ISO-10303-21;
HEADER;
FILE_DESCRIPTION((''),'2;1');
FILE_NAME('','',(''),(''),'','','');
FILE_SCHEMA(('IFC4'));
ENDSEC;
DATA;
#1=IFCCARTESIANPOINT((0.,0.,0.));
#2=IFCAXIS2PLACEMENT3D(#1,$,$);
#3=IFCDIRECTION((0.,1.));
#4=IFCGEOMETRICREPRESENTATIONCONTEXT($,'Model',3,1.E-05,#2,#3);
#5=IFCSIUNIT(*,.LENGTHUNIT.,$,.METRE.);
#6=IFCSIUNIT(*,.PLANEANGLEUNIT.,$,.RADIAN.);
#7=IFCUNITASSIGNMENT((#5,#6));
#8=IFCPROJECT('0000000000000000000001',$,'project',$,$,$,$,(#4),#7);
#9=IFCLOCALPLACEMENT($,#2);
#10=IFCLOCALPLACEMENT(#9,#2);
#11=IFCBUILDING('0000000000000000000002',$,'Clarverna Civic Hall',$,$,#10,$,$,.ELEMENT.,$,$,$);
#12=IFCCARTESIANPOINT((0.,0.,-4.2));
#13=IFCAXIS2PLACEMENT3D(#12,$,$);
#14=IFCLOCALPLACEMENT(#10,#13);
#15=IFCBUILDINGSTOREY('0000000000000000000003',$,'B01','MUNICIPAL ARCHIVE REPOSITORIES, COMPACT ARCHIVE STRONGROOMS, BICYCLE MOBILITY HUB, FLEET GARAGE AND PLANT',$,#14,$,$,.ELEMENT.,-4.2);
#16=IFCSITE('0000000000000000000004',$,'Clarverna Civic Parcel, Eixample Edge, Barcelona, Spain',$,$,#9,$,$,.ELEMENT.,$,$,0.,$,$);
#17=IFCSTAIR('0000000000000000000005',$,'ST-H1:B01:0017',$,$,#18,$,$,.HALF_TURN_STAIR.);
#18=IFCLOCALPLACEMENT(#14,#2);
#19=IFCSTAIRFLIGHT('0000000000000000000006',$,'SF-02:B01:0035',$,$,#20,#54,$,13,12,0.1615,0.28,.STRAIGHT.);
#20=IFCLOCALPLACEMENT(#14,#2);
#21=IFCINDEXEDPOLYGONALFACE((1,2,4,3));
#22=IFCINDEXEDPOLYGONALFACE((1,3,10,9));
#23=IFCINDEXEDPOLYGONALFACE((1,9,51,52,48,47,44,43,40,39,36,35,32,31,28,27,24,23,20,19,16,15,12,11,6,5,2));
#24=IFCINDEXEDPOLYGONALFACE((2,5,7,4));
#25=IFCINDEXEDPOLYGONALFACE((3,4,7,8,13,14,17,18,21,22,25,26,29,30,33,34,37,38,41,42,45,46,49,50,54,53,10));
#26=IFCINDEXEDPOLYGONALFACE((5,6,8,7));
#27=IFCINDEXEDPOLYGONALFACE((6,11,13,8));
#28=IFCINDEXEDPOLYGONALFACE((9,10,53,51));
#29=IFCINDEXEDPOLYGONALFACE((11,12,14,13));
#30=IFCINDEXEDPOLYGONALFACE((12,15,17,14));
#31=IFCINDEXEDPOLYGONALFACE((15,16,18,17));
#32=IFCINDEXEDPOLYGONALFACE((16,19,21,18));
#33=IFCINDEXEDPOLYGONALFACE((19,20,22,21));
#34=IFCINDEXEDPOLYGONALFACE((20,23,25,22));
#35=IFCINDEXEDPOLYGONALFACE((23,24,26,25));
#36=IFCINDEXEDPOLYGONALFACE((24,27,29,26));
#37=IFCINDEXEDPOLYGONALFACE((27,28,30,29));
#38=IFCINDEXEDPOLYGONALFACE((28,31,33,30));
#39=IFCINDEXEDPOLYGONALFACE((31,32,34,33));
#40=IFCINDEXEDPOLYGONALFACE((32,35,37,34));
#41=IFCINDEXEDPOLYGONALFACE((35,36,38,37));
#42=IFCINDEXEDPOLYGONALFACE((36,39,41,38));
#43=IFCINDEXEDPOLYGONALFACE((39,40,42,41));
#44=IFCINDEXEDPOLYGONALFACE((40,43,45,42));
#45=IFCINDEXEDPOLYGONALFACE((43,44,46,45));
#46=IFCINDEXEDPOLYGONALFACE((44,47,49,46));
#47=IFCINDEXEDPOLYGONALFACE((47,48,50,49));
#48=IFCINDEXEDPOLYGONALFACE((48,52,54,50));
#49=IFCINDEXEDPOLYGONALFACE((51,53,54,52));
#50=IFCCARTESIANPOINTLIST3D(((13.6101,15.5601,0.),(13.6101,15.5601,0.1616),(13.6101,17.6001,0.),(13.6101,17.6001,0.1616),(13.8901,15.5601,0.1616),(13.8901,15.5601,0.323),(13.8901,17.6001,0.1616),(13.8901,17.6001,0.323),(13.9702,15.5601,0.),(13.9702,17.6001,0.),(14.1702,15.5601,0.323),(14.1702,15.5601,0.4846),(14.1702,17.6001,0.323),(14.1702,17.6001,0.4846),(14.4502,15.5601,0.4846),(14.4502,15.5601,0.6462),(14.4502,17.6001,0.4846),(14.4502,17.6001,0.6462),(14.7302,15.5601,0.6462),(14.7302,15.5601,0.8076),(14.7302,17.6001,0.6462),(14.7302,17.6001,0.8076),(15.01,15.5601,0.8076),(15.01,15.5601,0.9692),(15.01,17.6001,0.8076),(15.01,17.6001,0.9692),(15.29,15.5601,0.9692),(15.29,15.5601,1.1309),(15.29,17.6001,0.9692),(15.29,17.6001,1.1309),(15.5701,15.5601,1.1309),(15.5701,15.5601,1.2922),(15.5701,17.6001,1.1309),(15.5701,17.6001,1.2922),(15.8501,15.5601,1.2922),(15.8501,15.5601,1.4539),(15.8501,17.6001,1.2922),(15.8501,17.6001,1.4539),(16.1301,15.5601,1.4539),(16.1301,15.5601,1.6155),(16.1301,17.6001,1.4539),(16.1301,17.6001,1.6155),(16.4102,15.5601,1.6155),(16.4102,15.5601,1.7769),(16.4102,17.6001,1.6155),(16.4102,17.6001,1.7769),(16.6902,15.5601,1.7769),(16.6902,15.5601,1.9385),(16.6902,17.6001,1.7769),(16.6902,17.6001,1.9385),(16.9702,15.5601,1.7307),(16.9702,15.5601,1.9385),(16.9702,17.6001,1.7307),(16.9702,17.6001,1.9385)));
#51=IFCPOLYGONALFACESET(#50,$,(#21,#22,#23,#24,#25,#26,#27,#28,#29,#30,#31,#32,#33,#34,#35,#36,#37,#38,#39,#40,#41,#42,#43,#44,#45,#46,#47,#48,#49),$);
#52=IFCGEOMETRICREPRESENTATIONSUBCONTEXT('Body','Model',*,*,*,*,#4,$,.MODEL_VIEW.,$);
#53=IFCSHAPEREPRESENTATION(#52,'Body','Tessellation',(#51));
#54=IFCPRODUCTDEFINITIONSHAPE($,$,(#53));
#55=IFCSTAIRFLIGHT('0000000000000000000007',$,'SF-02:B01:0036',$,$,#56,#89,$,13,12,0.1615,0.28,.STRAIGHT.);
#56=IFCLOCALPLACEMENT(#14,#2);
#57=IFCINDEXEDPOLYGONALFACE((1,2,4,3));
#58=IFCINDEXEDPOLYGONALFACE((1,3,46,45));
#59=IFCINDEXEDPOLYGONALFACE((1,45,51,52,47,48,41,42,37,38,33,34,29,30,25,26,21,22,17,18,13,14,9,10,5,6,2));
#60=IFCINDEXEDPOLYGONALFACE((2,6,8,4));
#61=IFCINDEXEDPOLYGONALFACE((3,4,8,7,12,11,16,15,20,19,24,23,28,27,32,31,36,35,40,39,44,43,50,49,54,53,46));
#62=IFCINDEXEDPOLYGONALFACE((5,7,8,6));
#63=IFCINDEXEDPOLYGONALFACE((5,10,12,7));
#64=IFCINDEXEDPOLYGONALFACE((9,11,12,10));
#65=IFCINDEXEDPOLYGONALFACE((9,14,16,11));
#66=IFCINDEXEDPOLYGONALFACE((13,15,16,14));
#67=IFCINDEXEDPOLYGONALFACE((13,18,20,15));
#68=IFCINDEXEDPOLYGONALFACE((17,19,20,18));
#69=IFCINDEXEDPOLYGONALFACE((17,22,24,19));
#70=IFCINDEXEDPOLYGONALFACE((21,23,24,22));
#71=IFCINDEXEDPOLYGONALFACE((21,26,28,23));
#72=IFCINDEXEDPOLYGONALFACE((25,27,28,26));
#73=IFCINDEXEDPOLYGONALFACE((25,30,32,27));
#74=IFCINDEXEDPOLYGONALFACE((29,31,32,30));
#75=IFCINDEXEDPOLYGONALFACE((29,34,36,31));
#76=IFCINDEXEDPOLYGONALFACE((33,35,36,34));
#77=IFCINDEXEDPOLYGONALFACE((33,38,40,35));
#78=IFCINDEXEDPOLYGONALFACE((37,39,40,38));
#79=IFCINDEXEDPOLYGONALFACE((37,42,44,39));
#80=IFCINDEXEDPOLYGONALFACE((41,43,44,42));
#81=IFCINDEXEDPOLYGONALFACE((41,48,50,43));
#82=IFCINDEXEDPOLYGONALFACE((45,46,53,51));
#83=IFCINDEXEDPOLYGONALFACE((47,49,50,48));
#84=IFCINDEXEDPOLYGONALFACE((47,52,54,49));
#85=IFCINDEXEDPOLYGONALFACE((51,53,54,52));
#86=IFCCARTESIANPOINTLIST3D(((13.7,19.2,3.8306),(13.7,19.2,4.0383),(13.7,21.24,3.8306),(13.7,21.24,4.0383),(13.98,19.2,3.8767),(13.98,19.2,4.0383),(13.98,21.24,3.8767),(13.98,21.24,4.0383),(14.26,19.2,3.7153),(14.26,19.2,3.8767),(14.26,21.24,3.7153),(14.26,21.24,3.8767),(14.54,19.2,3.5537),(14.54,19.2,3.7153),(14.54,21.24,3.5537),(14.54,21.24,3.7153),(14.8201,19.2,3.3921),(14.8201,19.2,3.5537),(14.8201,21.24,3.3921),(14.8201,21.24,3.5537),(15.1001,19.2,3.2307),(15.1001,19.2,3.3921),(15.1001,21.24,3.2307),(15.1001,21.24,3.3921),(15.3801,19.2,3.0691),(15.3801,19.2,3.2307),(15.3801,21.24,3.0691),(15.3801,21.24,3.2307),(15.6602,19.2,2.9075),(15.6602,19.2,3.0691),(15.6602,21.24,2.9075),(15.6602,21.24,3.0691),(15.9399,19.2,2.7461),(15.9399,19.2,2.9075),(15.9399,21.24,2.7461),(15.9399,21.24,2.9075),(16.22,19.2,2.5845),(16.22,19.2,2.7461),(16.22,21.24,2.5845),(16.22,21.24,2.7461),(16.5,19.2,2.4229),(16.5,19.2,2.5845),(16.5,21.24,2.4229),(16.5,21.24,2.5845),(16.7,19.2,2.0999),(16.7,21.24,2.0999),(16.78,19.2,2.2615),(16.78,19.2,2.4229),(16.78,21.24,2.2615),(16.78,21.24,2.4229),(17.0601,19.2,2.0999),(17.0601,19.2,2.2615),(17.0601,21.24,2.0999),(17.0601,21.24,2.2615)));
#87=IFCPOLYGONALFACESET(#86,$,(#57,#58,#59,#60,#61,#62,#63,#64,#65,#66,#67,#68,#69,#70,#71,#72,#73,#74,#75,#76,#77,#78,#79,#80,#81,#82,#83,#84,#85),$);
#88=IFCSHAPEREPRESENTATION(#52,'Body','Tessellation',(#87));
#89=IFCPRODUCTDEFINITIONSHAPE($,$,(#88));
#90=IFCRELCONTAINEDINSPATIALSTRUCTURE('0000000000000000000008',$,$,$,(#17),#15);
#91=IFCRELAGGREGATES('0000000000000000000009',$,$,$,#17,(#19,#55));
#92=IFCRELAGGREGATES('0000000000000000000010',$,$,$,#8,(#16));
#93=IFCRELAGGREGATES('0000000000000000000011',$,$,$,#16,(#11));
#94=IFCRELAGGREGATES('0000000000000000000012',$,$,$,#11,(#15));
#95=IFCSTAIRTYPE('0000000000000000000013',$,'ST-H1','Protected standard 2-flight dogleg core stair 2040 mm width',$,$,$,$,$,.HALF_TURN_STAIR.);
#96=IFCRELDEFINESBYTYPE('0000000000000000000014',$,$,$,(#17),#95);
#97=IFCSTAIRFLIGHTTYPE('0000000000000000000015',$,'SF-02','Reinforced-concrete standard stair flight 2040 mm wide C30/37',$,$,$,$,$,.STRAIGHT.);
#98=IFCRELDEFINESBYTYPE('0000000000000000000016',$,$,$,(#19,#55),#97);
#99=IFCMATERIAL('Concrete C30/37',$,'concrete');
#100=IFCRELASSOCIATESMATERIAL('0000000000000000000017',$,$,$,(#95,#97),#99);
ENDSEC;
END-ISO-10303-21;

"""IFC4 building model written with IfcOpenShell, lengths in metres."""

from ifc_helpers import new_model, si_unit, direction, frame, origin, place, context, subcontext, project, spatial, polyline, outline, extrude, material, type_object, element, aggregate, save


model = new_model("IFC4")

# Units and contexts
model_context = context("Model", 3, precision=1e-05, world=origin(), true_north=direction((0.0, 1.0)))
body_context = subcontext(model_context, "Body", "Model", "MODEL_VIEW")
ifc_project = project(units=[si_unit("LENGTHUNIT", "METRE"), si_unit("PLANEANGLEUNIT", "RADIAN")], contexts=[model_context])

# Site, building, storey
site_placement = place(None, origin())
site = spatial("IfcSite", under=ifc_project, at=site_placement, Name="Clarverna Civic Parcel, Eixample Edge, Barcelona, Spain", CompositionType="ELEMENT", RefElevation=0.0)
building_placement = place(site_placement, origin())
building = spatial("IfcBuilding", under=site, at=building_placement, Name="Clarverna Civic Hall", CompositionType="ELEMENT")
storey_placement = place(building_placement, frame((0.0, 0.0, -4.2)))
storey = spatial("IfcBuildingStorey", under=building, at=storey_placement, Name="B01", Description="MUNICIPAL ARCHIVE REPOSITORIES, COMPACT ARCHIVE STRONGROOMS, BICYCLE MOBILITY HUB, FLEET GARAGE AND PLANT", CompositionType="ELEMENT", Elevation=-4.2)

# Shared definitions
ifc_material_1 = material(Name="Concrete C30/37", Category="concrete")

# Stair, stair flights
stair_type = type_object("IfcStairType", Name="ST-H1", Description="Protected standard 2-flight dogleg core stair 2040 mm width", PredefinedType="HALF_TURN_STAIR", material=ifc_material_1)
stair_placement = place(storey_placement, origin())
stair = element("IfcStair", 1, at=stair_placement, inside=storey, type_object=stair_type, Name="ST-H1:B01:0017", PredefinedType="HALF_TURN_STAIR")
stair_flight_type = type_object("IfcStairFlightType", Name="SF-02", Description="Reinforced-concrete standard stair flight 2040 mm wide C30/37", PredefinedType="STRAIGHT", material=ifc_material_1)
stair_flight_1_placement = place(storey_placement, frame((13.6101, 16.5801, 0.0), z_axis=(0.0, 0.0, 1.0), x_axis=(1.0, 0.0, 0.0)))
stair_flight_1 = element("IfcStairFlight", 2, at=stair_flight_1_placement, type_object=stair_flight_type, Name="SF-02:B01:0035", NumberOfRisers=13, NumberOfTreads=12, PredefinedType="STRAIGHT", RiserHeight=0.1615, TreadLength=0.28, context=body_context, shape_type="SweptSolid", body=[
    extrude(outline(polyline([(0.0, 0.0), (0.0, 0.1616), (0.28, 0.1616), (0.28, 0.323), (0.5601, 0.323), (0.5601, 0.4846), (0.8401, 0.4846), (0.8401, 0.6462), (1.1201, 0.6462), (1.1201, 0.8076), (1.3999, 0.8076), (1.3999, 0.9692), (1.6799, 0.9692), (1.6799, 1.1309), (1.96, 1.1309), (1.96, 1.2922), (2.24, 1.2922), (2.24, 1.4539), (2.52, 1.4539), (2.52, 1.6155), (2.8, 1.6155), (2.8, 1.7769), (3.0801, 1.7769), (3.0801, 1.9385), (3.3601, 1.9385), (3.3601, 2.1001), (3.3601, 1.7307), (0.3601, 0.0), (0.0, 0.0)])), frame((0.0, 1.02, 0.0), z_axis=(0.0, -1.0, 0.0), x_axis=(1.0, 0.0, 0.0)), (0.0, 0.0, 1.0), 2.04),
])
stair_flight_2_placement = place(storey_placement, frame((17.0601, 20.22, 2.0999), z_axis=(0.0, 0.0, 1.0), x_axis=(-1.0, 0.0, 0.0)))
stair_flight_2 = element("IfcStairFlight", 3, at=stair_flight_2_placement, type_object=stair_flight_type, Name="SF-02:B01:0036", NumberOfRisers=13, NumberOfTreads=12, PredefinedType="STRAIGHT", RiserHeight=0.1615, TreadLength=0.28, context=body_context, shape_type="SweptSolid", body=[
    extrude(outline(polyline([(0.0, 0.0), (0.0, 0.1616), (0.28, 0.1616), (0.28, 0.323), (0.5601, 0.323), (0.5601, 0.4846), (0.8401, 0.4846), (0.8401, 0.6462), (1.1201, 0.6462), (1.1201, 0.8076), (1.3999, 0.8076), (1.3999, 0.9692), (1.6799, 0.9692), (1.6799, 1.1309), (1.96, 1.1309), (1.96, 1.2922), (2.24, 1.2922), (2.24, 1.4539), (2.52, 1.4539), (2.52, 1.6155), (2.8, 1.6155), (2.8, 1.7769), (3.0801, 1.7769), (3.0801, 1.9385), (3.3601, 1.9385), (3.3601, 2.1001), (3.3601, 1.7307), (0.3601, 0.0), (0.0, 0.0)])), frame((0.0, 1.02, 0.0), z_axis=(0.0, -1.0, 0.0), x_axis=(1.0, 0.0, 0.0)), (0.0, 0.0, 1.0), 2.04),
])
aggregate(stair, [stair_flight_1, stair_flight_2])

save(model, "model.ifc")
